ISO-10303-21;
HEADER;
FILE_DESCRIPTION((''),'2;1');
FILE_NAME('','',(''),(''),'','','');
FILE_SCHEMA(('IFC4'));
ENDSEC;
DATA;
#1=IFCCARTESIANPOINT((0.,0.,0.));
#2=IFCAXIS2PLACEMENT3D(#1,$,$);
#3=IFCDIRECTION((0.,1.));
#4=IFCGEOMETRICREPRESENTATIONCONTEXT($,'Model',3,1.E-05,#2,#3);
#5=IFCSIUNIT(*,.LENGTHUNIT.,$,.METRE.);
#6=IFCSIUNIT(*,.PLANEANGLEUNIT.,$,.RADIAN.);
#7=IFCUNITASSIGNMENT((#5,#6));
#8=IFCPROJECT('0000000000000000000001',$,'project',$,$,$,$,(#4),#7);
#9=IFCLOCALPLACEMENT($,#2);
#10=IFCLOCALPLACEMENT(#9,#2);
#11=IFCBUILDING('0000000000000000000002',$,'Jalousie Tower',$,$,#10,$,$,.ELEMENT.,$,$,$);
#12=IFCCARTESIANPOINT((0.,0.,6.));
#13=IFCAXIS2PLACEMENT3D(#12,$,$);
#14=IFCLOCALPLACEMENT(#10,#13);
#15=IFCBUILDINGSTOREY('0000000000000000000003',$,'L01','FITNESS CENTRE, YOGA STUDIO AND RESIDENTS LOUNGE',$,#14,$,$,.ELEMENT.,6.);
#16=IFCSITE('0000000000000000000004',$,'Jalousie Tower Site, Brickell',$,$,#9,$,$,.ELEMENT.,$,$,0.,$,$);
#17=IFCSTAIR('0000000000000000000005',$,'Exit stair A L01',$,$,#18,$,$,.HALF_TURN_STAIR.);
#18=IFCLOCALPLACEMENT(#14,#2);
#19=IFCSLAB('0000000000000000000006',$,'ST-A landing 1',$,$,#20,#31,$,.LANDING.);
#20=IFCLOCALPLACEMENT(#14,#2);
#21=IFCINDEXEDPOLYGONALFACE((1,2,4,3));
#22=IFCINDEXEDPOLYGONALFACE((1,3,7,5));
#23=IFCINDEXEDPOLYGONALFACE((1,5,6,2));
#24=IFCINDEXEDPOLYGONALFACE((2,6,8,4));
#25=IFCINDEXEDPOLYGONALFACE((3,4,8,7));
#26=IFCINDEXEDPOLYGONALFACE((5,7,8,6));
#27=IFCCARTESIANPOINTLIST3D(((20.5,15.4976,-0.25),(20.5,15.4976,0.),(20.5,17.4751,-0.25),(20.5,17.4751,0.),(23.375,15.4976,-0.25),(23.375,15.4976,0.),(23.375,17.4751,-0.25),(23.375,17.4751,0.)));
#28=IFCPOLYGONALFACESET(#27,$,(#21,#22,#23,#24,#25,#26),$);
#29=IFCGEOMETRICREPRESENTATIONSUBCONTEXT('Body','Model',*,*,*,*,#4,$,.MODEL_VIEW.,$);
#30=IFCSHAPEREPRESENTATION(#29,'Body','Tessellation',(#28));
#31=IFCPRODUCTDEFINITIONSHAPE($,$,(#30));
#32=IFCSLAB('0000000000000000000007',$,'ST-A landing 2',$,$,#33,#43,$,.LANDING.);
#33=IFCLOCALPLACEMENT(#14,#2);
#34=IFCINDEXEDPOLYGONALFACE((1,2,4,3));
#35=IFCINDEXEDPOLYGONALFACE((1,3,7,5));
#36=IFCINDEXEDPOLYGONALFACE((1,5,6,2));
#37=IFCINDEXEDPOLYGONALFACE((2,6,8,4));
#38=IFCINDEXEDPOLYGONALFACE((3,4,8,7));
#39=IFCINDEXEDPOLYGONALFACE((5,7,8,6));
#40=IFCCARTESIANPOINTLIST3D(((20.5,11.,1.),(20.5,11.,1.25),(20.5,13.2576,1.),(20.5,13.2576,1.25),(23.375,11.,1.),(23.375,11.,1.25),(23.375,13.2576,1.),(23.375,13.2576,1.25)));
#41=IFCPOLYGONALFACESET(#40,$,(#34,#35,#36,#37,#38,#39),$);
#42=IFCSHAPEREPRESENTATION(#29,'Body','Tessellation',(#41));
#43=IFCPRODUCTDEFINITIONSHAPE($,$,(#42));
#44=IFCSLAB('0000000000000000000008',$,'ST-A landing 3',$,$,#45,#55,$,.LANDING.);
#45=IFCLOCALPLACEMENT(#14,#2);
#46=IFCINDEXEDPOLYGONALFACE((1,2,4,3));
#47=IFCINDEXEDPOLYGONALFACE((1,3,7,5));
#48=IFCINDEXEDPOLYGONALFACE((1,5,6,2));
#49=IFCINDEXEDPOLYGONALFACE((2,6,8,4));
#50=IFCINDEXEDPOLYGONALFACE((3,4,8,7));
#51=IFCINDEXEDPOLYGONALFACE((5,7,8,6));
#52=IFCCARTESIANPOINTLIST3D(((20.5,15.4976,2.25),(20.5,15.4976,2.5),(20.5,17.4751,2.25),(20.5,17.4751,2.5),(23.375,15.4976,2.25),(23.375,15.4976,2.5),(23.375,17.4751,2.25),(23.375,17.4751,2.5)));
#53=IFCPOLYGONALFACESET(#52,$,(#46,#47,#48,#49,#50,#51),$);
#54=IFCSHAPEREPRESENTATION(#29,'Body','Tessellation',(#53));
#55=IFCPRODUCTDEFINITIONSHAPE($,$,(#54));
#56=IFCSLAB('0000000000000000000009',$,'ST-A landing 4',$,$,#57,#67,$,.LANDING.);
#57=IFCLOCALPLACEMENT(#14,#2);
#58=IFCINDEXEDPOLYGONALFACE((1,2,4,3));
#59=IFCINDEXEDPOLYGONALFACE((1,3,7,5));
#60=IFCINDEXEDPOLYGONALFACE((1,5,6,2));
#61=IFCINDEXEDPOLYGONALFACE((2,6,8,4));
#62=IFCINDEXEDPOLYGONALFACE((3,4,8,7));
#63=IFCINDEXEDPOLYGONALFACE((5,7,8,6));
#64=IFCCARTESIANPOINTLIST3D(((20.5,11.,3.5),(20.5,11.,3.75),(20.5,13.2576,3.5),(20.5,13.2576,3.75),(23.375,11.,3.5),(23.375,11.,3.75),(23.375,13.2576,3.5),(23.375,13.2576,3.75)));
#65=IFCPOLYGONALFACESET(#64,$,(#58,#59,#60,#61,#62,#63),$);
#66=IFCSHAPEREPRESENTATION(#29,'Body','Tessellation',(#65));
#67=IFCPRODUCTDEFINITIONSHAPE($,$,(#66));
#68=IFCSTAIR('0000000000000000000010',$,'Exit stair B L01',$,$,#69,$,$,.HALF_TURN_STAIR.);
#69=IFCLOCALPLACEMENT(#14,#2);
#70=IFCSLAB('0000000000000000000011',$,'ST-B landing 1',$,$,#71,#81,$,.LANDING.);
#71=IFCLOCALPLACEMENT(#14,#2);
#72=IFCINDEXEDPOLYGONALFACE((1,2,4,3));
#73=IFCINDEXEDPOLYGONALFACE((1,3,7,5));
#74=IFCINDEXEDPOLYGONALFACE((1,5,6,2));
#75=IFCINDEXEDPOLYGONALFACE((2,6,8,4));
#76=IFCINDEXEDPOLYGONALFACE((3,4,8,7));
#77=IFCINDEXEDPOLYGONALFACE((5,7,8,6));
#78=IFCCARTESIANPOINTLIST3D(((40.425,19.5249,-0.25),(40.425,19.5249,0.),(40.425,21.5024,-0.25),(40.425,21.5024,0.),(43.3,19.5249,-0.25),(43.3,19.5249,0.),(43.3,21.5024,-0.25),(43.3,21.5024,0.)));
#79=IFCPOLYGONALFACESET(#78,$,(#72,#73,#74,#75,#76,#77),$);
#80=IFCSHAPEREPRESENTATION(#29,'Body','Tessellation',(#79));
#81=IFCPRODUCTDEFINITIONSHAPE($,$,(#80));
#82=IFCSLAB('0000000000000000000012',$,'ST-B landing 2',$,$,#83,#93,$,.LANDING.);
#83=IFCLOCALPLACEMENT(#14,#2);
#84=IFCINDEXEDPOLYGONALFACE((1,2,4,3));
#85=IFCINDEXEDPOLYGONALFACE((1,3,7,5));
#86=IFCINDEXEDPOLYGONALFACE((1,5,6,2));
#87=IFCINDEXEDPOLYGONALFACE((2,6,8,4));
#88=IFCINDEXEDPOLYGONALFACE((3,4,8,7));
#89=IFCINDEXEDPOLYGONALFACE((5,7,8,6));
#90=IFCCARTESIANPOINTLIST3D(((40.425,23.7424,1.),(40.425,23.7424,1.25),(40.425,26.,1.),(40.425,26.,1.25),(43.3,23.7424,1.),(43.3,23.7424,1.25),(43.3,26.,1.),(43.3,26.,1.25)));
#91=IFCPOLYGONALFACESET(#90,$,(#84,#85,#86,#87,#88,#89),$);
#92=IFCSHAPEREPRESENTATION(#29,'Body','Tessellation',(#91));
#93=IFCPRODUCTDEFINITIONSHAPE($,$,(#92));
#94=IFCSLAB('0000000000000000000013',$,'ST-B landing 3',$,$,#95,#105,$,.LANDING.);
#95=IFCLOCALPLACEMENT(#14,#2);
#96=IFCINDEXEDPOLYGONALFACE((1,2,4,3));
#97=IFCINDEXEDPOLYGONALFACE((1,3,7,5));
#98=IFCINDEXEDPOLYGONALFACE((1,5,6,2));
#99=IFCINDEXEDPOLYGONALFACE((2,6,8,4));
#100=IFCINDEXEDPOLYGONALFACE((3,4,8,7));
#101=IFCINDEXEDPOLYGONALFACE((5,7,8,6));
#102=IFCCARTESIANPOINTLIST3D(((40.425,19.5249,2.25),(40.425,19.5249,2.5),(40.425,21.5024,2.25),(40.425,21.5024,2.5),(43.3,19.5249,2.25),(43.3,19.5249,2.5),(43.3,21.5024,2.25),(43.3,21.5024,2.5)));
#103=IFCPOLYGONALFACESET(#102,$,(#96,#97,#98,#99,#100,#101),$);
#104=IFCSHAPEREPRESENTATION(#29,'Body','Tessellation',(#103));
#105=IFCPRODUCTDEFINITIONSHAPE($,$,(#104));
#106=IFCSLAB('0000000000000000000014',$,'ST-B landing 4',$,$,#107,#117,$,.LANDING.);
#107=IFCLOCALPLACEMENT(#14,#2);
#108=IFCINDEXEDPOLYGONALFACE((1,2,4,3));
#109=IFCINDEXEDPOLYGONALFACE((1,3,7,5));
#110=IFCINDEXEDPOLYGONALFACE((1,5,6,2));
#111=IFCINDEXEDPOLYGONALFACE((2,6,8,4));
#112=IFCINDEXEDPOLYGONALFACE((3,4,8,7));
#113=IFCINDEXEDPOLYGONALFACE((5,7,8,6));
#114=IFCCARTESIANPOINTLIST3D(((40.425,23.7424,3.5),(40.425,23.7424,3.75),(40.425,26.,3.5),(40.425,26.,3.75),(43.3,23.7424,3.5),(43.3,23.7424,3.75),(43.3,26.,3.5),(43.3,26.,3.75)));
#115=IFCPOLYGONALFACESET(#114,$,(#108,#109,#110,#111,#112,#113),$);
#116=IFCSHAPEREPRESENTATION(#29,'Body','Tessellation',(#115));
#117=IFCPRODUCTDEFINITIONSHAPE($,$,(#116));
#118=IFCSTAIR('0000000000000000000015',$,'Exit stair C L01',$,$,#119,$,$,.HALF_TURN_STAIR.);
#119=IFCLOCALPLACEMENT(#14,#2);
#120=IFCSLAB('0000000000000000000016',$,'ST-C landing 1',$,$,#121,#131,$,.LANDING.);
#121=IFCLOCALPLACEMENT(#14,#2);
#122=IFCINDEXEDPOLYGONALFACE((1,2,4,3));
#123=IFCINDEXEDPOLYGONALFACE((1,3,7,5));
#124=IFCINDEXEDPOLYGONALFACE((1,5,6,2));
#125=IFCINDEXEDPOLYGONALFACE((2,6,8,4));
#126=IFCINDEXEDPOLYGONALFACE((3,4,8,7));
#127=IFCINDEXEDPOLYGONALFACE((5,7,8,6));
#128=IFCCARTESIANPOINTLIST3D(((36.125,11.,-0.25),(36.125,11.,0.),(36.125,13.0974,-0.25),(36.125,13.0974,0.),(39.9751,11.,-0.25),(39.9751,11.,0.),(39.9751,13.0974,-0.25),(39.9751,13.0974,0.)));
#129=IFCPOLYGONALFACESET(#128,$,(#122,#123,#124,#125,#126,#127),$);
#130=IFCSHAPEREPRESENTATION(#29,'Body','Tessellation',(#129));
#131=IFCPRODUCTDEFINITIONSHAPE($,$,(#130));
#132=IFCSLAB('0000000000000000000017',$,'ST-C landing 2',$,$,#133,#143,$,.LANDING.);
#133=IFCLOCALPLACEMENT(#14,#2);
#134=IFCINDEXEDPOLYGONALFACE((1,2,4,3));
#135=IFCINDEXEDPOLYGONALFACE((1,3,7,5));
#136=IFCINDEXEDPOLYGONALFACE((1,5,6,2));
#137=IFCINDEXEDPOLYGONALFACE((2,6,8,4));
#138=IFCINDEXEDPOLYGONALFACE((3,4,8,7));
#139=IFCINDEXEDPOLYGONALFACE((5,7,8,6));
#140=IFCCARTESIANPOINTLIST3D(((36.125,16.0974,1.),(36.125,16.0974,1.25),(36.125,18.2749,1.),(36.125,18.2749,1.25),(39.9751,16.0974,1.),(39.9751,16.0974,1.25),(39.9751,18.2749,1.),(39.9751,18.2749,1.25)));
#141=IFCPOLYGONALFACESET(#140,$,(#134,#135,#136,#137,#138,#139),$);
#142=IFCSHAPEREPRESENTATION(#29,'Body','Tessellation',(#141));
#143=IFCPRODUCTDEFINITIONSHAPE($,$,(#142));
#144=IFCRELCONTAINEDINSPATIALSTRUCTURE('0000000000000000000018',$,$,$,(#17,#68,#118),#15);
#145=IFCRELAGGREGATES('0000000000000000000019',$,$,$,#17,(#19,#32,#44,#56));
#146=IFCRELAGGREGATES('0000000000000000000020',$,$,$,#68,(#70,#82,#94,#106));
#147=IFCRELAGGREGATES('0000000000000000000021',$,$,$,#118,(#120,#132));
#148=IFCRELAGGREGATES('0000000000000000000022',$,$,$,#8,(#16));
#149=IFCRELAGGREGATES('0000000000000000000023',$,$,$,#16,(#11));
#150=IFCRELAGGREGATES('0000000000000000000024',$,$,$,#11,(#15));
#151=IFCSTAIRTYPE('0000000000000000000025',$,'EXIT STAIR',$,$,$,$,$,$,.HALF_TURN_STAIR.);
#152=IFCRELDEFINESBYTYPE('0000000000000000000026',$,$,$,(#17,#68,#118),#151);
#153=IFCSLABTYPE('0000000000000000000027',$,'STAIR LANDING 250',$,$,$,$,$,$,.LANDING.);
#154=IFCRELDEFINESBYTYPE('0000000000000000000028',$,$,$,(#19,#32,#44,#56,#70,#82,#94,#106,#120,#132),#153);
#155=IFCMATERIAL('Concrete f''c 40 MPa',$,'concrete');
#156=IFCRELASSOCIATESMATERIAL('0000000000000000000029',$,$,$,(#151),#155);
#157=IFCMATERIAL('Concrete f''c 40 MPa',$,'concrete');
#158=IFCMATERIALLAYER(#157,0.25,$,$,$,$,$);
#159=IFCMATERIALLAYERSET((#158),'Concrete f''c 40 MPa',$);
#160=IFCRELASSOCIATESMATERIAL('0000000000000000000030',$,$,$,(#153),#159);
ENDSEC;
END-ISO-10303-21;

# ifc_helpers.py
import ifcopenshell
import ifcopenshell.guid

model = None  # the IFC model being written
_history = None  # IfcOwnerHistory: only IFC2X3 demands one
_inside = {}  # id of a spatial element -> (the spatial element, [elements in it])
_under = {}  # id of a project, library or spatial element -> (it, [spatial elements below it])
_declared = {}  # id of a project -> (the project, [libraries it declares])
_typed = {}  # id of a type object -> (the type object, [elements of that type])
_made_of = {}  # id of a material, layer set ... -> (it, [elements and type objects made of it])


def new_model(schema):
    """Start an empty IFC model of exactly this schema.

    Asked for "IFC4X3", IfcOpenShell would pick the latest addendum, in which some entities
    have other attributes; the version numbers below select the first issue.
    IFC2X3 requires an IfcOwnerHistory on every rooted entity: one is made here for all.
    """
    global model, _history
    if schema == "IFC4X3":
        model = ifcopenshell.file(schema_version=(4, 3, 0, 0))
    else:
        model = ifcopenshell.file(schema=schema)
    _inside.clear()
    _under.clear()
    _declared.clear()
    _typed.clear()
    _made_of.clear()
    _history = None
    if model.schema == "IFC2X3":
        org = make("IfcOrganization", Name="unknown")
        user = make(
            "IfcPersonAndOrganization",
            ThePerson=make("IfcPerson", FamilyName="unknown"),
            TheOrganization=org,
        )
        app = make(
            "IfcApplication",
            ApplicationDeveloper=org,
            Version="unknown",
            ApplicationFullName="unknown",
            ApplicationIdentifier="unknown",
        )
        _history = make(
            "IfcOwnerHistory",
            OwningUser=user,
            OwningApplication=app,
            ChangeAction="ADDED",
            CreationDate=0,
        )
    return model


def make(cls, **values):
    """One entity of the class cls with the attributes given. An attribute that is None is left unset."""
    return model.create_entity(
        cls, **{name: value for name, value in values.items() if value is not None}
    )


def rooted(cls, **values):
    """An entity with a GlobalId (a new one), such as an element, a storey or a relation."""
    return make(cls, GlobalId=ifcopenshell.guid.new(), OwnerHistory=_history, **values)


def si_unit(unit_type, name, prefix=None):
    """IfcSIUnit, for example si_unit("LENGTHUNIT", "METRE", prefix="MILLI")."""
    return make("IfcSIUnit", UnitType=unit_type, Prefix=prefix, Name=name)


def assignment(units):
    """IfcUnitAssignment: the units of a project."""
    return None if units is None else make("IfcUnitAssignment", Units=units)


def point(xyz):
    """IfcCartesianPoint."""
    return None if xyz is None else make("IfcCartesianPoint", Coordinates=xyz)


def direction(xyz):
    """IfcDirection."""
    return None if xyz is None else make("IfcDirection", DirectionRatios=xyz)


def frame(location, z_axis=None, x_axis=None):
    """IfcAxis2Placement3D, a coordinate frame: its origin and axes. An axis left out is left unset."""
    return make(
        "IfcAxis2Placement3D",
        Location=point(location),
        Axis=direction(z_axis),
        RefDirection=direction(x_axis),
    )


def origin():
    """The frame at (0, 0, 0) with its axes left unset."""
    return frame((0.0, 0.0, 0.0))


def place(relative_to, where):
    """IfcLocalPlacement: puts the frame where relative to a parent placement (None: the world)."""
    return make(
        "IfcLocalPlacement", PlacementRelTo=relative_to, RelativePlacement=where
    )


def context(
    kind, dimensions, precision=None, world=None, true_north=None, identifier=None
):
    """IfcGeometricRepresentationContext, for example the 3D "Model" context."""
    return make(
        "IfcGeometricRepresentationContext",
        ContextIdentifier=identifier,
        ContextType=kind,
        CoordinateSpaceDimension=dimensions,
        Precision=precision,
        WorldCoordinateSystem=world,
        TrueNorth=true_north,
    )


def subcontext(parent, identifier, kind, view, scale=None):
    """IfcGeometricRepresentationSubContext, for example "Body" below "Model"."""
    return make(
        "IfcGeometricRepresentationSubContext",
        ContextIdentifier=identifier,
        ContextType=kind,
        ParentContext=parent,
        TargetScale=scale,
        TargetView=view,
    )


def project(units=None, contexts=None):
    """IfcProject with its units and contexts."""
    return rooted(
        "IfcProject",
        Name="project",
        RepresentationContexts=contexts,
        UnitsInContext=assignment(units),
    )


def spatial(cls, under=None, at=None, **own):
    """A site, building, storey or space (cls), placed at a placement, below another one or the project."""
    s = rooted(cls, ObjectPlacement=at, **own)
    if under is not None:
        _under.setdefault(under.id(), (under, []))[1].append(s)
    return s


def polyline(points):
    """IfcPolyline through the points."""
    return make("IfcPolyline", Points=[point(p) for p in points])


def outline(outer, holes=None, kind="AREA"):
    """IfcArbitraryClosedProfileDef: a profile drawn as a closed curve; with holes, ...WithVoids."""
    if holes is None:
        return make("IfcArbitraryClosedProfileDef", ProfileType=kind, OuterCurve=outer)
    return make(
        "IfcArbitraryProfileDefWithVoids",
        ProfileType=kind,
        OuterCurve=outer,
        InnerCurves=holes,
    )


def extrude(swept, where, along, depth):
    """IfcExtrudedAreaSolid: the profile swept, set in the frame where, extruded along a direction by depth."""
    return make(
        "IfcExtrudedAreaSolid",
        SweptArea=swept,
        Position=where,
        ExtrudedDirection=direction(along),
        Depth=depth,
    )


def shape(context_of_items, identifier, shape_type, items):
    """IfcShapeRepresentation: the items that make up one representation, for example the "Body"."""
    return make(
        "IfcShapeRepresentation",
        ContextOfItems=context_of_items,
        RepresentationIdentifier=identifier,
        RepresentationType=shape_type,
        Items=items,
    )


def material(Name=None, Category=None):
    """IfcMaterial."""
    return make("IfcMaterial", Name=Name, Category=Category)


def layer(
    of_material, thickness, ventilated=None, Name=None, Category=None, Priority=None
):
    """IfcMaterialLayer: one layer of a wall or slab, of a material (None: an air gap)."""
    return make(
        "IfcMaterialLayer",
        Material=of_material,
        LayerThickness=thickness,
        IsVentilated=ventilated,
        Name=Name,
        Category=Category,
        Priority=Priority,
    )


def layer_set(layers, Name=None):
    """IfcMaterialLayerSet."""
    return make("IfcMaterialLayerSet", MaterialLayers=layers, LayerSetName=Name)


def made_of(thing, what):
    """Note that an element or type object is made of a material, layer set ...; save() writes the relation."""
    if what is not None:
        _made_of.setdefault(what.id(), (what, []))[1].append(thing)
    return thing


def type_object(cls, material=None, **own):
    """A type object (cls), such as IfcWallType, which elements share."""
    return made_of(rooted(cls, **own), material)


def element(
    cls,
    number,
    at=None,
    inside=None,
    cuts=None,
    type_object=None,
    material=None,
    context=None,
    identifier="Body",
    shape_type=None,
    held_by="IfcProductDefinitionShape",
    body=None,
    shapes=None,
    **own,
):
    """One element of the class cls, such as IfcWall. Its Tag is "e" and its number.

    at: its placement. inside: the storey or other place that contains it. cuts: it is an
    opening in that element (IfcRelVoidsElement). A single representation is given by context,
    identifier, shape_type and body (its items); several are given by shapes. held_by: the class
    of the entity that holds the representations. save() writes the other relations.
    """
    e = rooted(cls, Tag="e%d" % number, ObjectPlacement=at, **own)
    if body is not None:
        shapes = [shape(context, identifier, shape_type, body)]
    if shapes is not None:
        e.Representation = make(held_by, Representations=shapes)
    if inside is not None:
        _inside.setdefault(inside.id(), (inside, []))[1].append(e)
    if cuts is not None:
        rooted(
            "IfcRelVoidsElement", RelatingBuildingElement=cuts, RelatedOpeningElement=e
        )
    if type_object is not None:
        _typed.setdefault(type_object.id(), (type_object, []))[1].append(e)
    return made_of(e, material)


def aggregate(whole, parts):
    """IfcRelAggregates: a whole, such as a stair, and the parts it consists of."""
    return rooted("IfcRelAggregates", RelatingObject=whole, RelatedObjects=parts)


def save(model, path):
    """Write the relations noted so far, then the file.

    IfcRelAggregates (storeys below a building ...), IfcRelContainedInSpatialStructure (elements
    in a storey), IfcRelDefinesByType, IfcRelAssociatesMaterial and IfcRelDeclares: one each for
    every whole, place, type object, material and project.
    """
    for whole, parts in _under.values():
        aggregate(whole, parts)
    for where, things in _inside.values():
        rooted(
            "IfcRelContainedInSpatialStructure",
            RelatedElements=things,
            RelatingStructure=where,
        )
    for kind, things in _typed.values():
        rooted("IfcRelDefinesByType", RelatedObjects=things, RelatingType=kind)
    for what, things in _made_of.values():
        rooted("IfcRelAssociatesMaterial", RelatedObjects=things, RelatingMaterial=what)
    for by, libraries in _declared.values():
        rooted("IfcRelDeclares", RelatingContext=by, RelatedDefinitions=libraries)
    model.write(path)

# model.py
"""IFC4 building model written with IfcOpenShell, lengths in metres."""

from ifc_helpers import new_model, si_unit, direction, frame, origin, place, context, subcontext, project, spatial, polyline, outline, extrude, material, layer, layer_set, type_object, element, aggregate, save


model = new_model("IFC4")

# Units and contexts
model_context = context("Model", 3, precision=1e-05, world=origin(), true_north=direction((0.0, 1.0)))
body_context = subcontext(model_context, "Body", "Model", "MODEL_VIEW")
ifc_project = project(units=[si_unit("LENGTHUNIT", "METRE"), si_unit("PLANEANGLEUNIT", "RADIAN")], contexts=[model_context])

# Site, building, storey
site_placement = place(None, origin())
site = spatial("IfcSite", under=ifc_project, at=site_placement, Name="Jalousie Tower Site, Brickell", CompositionType="ELEMENT", RefElevation=0.0)
building_placement = place(site_placement, origin())
building = spatial("IfcBuilding", under=site, at=building_placement, Name="Jalousie Tower", CompositionType="ELEMENT")
storey_placement = place(building_placement, frame((0.0, 0.0, 6.0)))
storey = spatial("IfcBuildingStorey", under=building, at=storey_placement, Name="L01", Description="FITNESS CENTRE, YOGA STUDIO AND RESIDENTS LOUNGE", CompositionType="ELEMENT", Elevation=6.0)

# Stairs, slabs
ifc_material_1 = material(Name="Concrete f'c 40 MPa", Category="concrete")
stair_type = type_object("IfcStairType", Name="EXIT STAIR", PredefinedType="HALF_TURN_STAIR", material=ifc_material_1)
stair_1_placement = place(storey_placement, origin())
stair_1 = element("IfcStair", 1, at=stair_1_placement, inside=storey, type_object=stair_type, Name="Exit stair A L01", PredefinedType="HALF_TURN_STAIR")
ifc_material_2 = material(Name="Concrete f'c 40 MPa", Category="concrete")
ifc_layer_1 = layer(ifc_material_2, 0.25)
ifc_layer_set_1 = layer_set([ifc_layer_1], Name="Concrete f'c 40 MPa")
slab_type_1 = type_object("IfcSlabType", Name="STAIR LANDING 250", PredefinedType="LANDING", material=ifc_layer_set_1)
slab_1_placement = place(storey_placement, frame((0.0, 0.0, -0.25)))
slab_1 = element("IfcSlab", 2, at=slab_1_placement, type_object=slab_type_1, Name="ST-A landing 1", PredefinedType="LANDING", context=body_context, shape_type="SweptSolid", body=[
    extrude(outline(polyline([(20.5, 15.4976), (23.375, 15.4976), (23.375, 17.4751), (20.5, 17.4751), (20.5, 15.4976)])), origin(), (0.0, 0.0, 1.0), 0.25),
])
slab_2_placement = place(storey_placement, frame((0.0, 0.0, 1.0)))
slab_2 = element("IfcSlab", 3, at=slab_2_placement, type_object=slab_type_1, Name="ST-A landing 2", PredefinedType="LANDING", context=body_context, shape_type="SweptSolid", body=[
    extrude(outline(polyline([(20.5, 11.0), (23.375, 11.0), (23.375, 13.2576), (20.5, 13.2576), (20.5, 11.0)])), origin(), (0.0, 0.0, 1.0), 0.25),
])
slab_3_placement = place(storey_placement, frame((0.0, 0.0, 2.25)))
slab_3 = element("IfcSlab", 4, at=slab_3_placement, type_object=slab_type_1, Name="ST-A landing 3", PredefinedType="LANDING", context=body_context, shape_type="SweptSolid", body=[
    extrude(outline(polyline([(20.5, 15.4976), (23.375, 15.4976), (23.375, 17.4751), (20.5, 17.4751), (20.5, 15.4976)])), origin(), (0.0, 0.0, 1.0), 0.25),
])
slab_4_placement = place(storey_placement, frame((0.0, 0.0, 3.5)))
slab_4 = element("IfcSlab", 5, at=slab_4_placement, type_object=slab_type_1, Name="ST-A landing 4", PredefinedType="LANDING", context=body_context, shape_type="SweptSolid", body=[
    extrude(outline(polyline([(20.5, 11.0), (23.375, 11.0), (23.375, 13.2576), (20.5, 13.2576), (20.5, 11.0)])), origin(), (0.0, 0.0, 1.0), 0.25),
])
aggregate(stair_1, [slab_1, slab_2, slab_3, slab_4])
stair_2_placement = place(storey_placement, origin())
stair_2 = element("IfcStair", 6, at=stair_2_placement, inside=storey, type_object=stair_type, Name="Exit stair B L01", PredefinedType="HALF_TURN_STAIR")
slab_5_placement = place(storey_placement, frame((0.0, 0.0, -0.25)))
slab_5 = element("IfcSlab", 7, at=slab_5_placement, type_object=slab_type_1, Name="ST-B landing 1", PredefinedType="LANDING", context=body_context, shape_type="SweptSolid", body=[
    extrude(outline(polyline([(40.425, 19.5249), (43.3, 19.5249), (43.3, 21.5024), (40.425, 21.5024), (40.425, 19.5249)])), origin(), (0.0, 0.0, 1.0), 0.25),
])
slab_6_placement = place(storey_placement, frame((0.0, 0.0, 1.0)))
slab_6 = element("IfcSlab", 8, at=slab_6_placement, type_object=slab_type_1, Name="ST-B landing 2", PredefinedType="LANDING", context=body_context, shape_type="SweptSolid", body=[
    extrude(outline(polyline([(40.425, 23.7424), (43.3, 23.7424), (43.3, 26.0), (40.425, 26.0), (40.425, 23.7424)])), origin(), (0.0, 0.0, 1.0), 0.25),
])
slab_7_placement = place(storey_placement, frame((0.0, 0.0, 2.25)))
slab_7 = element("IfcSlab", 9, at=slab_7_placement, type_object=slab_type_1, Name="ST-B landing 3", PredefinedType="LANDING", context=body_context, shape_type="SweptSolid", body=[
    extrude(outline(polyline([(40.425, 19.5249), (43.3, 19.5249), (43.3, 21.5024), (40.425, 21.5024), (40.425, 19.5249)])), origin(), (0.0, 0.0, 1.0), 0.25),
])
slab_8_placement = place(storey_placement, frame((0.0, 0.0, 3.5)))
slab_8 = element("IfcSlab", 10, at=slab_8_placement, type_object=slab_type_1, Name="ST-B landing 4", PredefinedType="LANDING", context=body_context, shape_type="SweptSolid", body=[
    extrude(outline(polyline([(40.425, 23.7424), (43.3, 23.7424), (43.3, 26.0), (40.425, 26.0), (40.425, 23.7424)])), origin(), (0.0, 0.0, 1.0), 0.25),
])
aggregate(stair_2, [slab_5, slab_6, slab_7, slab_8])
stair_3_placement = place(storey_placement, origin())
stair_3 = element("IfcStair", 11, at=stair_3_placement, inside=storey, type_object=stair_type, Name="Exit stair C L01", PredefinedType="HALF_TURN_STAIR")
slab_9_placement = place(storey_placement, frame((0.0, 0.0, -0.25)))
slab_9 = element("IfcSlab", 12, at=slab_9_placement, type_object=slab_type_1, Name="ST-C landing 1", PredefinedType="LANDING", context=body_context, shape_type="SweptSolid", body=[
    extrude(outline(polyline([(36.125, 11.0), (39.9751, 11.0), (39.9751, 13.0974), (36.125, 13.0974), (36.125, 11.0)])), origin(), (0.0, 0.0, 1.0), 0.25),
])
slab_10_placement = place(storey_placement, frame((0.0, 0.0, 1.0)))
slab_10 = element("IfcSlab", 13, at=slab_10_placement, type_object=slab_type_1, Name="ST-C landing 2", PredefinedType="LANDING", context=body_context, shape_type="SweptSolid", body=[
    extrude(outline(polyline([(36.125, 16.0974), (39.9751, 16.0974), (39.9751, 18.2749), (36.125, 18.2749), (36.125, 16.0974)])), origin(), (0.0, 0.0, 1.0), 0.25),
])
aggregate(stair_3, [slab_9, slab_10])

save(model, "model.ifc")
